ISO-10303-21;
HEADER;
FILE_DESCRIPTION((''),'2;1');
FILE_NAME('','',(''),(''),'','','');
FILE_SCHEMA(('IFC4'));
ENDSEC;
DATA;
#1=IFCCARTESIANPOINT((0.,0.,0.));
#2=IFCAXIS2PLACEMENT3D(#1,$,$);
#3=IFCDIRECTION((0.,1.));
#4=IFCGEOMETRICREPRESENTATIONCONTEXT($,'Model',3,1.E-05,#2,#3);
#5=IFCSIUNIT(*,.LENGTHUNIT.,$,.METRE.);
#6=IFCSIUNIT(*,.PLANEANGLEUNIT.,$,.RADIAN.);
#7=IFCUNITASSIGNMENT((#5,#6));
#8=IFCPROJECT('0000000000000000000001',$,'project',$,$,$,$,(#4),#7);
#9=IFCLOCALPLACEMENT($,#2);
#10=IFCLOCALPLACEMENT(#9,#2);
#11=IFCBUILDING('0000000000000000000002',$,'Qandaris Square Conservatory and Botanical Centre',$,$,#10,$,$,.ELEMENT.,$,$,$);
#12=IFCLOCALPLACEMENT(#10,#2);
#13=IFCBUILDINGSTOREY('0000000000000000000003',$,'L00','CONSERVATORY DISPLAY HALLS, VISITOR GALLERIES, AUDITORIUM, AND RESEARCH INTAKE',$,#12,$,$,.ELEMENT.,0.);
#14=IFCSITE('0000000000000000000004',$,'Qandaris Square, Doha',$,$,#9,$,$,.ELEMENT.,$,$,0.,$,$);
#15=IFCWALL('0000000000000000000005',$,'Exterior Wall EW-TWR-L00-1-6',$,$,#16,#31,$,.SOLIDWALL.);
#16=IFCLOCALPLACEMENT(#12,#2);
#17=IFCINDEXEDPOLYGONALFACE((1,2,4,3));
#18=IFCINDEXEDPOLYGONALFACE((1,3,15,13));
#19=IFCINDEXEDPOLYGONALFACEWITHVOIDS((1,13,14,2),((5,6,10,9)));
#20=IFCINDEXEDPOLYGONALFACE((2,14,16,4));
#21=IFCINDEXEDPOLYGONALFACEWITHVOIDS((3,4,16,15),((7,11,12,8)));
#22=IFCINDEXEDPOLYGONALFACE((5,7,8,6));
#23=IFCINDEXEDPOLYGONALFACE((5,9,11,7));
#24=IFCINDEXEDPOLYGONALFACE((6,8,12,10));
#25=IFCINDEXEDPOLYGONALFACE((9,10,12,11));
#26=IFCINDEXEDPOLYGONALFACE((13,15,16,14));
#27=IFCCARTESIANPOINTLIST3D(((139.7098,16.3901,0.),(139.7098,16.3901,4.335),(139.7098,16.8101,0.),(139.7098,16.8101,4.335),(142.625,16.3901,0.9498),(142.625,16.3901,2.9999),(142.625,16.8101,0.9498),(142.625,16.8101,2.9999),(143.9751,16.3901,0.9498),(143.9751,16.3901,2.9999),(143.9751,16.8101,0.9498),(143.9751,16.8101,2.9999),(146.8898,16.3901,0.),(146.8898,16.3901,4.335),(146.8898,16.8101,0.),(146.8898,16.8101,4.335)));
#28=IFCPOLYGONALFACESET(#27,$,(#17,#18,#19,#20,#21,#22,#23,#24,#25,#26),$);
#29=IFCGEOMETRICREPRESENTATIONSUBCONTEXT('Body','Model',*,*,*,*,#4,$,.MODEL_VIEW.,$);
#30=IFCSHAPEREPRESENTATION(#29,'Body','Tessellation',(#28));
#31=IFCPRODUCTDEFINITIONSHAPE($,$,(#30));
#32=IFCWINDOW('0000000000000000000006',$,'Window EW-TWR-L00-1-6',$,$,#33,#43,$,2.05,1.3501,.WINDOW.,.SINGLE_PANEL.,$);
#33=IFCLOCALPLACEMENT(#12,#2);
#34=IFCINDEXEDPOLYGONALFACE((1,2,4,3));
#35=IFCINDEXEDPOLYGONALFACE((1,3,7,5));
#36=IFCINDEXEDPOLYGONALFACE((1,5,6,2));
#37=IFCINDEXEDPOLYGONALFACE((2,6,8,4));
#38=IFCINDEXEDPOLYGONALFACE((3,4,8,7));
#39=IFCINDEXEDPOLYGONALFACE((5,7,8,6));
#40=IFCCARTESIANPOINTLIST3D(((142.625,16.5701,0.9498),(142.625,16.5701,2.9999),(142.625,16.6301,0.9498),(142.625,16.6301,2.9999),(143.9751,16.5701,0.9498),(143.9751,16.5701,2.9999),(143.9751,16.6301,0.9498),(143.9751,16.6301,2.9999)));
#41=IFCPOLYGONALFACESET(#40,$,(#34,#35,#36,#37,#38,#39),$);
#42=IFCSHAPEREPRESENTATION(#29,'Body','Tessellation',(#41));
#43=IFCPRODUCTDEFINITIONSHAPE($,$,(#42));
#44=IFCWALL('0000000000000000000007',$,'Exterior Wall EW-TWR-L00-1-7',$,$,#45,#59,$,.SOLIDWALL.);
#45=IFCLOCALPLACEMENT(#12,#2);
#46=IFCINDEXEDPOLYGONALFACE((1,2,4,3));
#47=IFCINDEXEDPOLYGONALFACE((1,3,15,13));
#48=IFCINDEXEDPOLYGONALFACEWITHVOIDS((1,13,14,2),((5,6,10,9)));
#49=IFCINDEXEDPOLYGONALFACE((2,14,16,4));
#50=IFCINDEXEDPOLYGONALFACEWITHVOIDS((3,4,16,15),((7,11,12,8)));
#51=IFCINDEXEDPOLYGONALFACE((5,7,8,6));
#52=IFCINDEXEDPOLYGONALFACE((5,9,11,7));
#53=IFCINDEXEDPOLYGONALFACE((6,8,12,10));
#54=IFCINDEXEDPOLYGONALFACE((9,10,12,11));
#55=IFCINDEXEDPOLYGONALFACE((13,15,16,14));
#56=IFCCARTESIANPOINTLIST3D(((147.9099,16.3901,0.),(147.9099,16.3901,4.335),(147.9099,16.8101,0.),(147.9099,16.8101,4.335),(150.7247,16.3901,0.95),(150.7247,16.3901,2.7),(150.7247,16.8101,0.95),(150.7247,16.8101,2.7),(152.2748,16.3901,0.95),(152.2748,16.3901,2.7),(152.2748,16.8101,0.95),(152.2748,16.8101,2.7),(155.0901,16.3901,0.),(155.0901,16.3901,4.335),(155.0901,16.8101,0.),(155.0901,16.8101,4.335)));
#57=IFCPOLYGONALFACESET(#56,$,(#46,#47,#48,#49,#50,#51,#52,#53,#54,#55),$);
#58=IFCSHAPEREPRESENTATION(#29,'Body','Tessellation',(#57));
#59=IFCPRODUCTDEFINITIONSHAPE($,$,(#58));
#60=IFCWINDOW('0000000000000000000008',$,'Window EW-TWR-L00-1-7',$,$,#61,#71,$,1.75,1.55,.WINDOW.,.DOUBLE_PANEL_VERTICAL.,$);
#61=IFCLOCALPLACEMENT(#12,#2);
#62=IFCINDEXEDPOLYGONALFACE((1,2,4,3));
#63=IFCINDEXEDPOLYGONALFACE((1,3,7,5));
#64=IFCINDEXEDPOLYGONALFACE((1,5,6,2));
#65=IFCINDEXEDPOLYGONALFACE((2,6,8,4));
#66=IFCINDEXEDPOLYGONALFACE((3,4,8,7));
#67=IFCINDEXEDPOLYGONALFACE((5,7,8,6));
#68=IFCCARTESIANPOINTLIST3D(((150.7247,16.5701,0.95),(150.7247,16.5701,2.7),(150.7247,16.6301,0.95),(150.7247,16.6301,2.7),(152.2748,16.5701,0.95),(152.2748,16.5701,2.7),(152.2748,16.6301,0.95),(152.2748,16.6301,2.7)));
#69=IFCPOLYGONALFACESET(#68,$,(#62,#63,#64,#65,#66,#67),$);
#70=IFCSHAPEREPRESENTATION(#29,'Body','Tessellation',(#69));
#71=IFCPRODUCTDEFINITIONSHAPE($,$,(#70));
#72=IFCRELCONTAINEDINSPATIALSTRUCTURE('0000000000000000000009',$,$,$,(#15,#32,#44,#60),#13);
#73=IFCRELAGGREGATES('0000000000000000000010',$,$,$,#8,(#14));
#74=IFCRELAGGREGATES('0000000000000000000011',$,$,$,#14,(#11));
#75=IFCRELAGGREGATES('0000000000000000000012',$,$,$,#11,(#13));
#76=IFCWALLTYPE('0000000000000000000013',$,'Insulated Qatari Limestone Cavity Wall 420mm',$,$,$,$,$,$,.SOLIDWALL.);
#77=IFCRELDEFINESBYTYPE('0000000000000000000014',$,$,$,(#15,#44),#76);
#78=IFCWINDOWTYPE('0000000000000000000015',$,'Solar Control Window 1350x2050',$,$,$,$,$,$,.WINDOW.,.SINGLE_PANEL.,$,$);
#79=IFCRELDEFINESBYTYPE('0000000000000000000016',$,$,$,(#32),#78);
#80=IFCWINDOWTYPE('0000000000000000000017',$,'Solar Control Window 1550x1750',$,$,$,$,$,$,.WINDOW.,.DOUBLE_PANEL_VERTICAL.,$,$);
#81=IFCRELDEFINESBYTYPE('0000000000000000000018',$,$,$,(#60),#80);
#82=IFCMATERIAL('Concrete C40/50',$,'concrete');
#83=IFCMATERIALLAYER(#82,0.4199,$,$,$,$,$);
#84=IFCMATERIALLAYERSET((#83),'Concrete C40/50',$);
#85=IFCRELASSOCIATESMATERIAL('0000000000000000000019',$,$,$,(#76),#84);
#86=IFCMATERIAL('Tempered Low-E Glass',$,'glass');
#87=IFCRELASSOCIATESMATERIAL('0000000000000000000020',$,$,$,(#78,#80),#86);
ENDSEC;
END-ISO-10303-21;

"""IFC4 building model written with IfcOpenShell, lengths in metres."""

from ifc_helpers import new_model, si_unit, direction, frame, frame_2d, origin, place, context, subcontext, project, spatial, rectangle, extrude, material, layer, layer_set, type_object, element, fill, save


model = new_model("IFC4")

# Units and contexts
model_context = context("Model", 3, precision=1e-05, world=origin(), true_north=direction((0.0, 1.0)))
body_context = subcontext(model_context, "Body", "Model", "MODEL_VIEW")
ifc_project = project(units=[si_unit("LENGTHUNIT", "METRE"), si_unit("PLANEANGLEUNIT", "RADIAN")], contexts=[model_context])

# Site, building, storey
site_placement = place(None, origin())
site = spatial("IfcSite", under=ifc_project, at=site_placement, Name="Qandaris Square, Doha", CompositionType="ELEMENT", RefElevation=0.0)
building_placement = place(site_placement, origin())
building = spatial("IfcBuilding", under=site, at=building_placement, Name="Qandaris Square Conservatory and Botanical Centre", CompositionType="ELEMENT")
storey_placement = place(building_placement, origin())
storey = spatial("IfcBuildingStorey", under=building, at=storey_placement, Name="L00", Description="CONSERVATORY DISPLAY HALLS, VISITOR GALLERIES, AUDITORIUM, AND RESEARCH INTAKE", CompositionType="ELEMENT", Elevation=0.0)

# Shared definitions
ifc_material_1 = material(Name="Concrete C40/50", Category="concrete")

# Shared definitions
ifc_material_2 = material(Name="Tempered Low-E Glass", Category="glass")

# Walls, openings, windows
ifc_layer_1 = layer(ifc_material_1, 0.4199)
ifc_layer_set_1 = layer_set([ifc_layer_1], Name="Concrete C40/50")
wall_type_1 = type_object("IfcWallType", Name="Insulated Qatari Limestone Cavity Wall 420mm", PredefinedType="SOLIDWALL", material=ifc_layer_set_1)
wall_1_placement = place(storey_placement, frame((139.71, 16.6001, 0.0), z_axis=(0.0, 0.0, 1.0), x_axis=(1.0, 0.0, 0.0)))
wall_1 = element("IfcWall", 1, at=wall_1_placement, inside=storey, type_object=wall_type_1, Name="Exterior Wall EW-TWR-L00-1-6", PredefinedType="SOLIDWALL", context=body_context, shape_type="SweptSolid", body=[
    extrude(rectangle(XDim=7.1799, YDim=0.4199, at=frame_2d((3.5898, 0.0))), origin(), (0.0, 0.0, 1.0), 4.335),
])
opening_1_placement = place(wall_1_placement, frame((2.915, 0.0, 0.95)))
opening_1 = element("IfcOpeningElement", 2, at=opening_1_placement, cuts=wall_1, PredefinedType="OPENING", context=body_context, shape_type="SweptSolid", body=[
    extrude(rectangle(XDim=1.3501, YDim=2.05, at=frame_2d((0.675, 1.0249))), frame((0.0, 0.2219, 0.0), z_axis=(0.0, -1.0, 0.0), x_axis=(1.0, 0.0, 0.0)), (0.0, 0.0, 1.0), 0.4438),
])
window_type_1 = type_object("IfcWindowType", Name="Solar Control Window 1350x2050", PartitioningType="SINGLE_PANEL", PredefinedType="WINDOW", material=ifc_material_2)
window_1_placement = place(opening_1_placement, origin())
window_1 = element("IfcWindow", 3, at=window_1_placement, inside=storey, type_object=window_type_1, Name="Window EW-TWR-L00-1-6", OverallHeight=2.05, OverallWidth=1.3501, PartitioningType="SINGLE_PANEL", PredefinedType="WINDOW", context=body_context, shape_type="SweptSolid", body=[
    extrude(rectangle(XDim=1.3501, YDim=2.05, at=frame_2d((0.675, 1.0249))), frame((0.0, 0.03, 0.0), z_axis=(0.0, -1.0, 0.0), x_axis=(1.0, 0.0, 0.0)), (0.0, 0.0, 1.0), 0.0601),
])
fill(opening_1, window_1)
wall_2_placement = place(storey_placement, frame((147.9099, 16.6001, 0.0), z_axis=(0.0, 0.0, 1.0), x_axis=(1.0, 0.0, 0.0)))
wall_2 = element("IfcWall", 4, at=wall_2_placement, inside=storey, type_object=wall_type_1, Name="Exterior Wall EW-TWR-L00-1-7", PredefinedType="SOLIDWALL", context=body_context, shape_type="SweptSolid", body=[
    extrude(rectangle(XDim=7.1802, YDim=0.4199, at=frame_2d((3.5901, 0.0))), origin(), (0.0, 0.0, 1.0), 4.335),
])
opening_2_placement = place(wall_2_placement, frame((2.8149, 0.0, 0.95)))
opening_2 = element("IfcOpeningElement", 5, at=opening_2_placement, cuts=wall_2, PredefinedType="OPENING", context=body_context, shape_type="SweptSolid", body=[
    extrude(rectangle(XDim=1.55, YDim=1.75, at=frame_2d((0.7749, 0.875))), frame((0.0, 0.2219, 0.0), z_axis=(0.0, -1.0, 0.0), x_axis=(1.0, 0.0, 0.0)), (0.0, 0.0, 1.0), 0.4438),
])
window_type_2 = type_object("IfcWindowType", Name="Solar Control Window 1550x1750", PartitioningType="DOUBLE_PANEL_VERTICAL", PredefinedType="WINDOW", material=ifc_material_2)
window_2_placement = place(opening_2_placement, origin())
window_2 = element("IfcWindow", 6, at=window_2_placement, inside=storey, type_object=window_type_2, Name="Window EW-TWR-L00-1-7", OverallHeight=1.75, OverallWidth=1.55, PartitioningType="DOUBLE_PANEL_VERTICAL", PredefinedType="WINDOW", context=body_context, shape_type="SweptSolid", body=[
    extrude(rectangle(XDim=1.55, YDim=1.75, at=frame_2d((0.7749, 0.875))), frame((0.0, 0.03, 0.0), z_axis=(0.0, -1.0, 0.0), x_axis=(1.0, 0.0, 0.0)), (0.0, 0.0, 1.0), 0.0601),
])
fill(opening_2, window_2)

save(model, "model.ifc")
